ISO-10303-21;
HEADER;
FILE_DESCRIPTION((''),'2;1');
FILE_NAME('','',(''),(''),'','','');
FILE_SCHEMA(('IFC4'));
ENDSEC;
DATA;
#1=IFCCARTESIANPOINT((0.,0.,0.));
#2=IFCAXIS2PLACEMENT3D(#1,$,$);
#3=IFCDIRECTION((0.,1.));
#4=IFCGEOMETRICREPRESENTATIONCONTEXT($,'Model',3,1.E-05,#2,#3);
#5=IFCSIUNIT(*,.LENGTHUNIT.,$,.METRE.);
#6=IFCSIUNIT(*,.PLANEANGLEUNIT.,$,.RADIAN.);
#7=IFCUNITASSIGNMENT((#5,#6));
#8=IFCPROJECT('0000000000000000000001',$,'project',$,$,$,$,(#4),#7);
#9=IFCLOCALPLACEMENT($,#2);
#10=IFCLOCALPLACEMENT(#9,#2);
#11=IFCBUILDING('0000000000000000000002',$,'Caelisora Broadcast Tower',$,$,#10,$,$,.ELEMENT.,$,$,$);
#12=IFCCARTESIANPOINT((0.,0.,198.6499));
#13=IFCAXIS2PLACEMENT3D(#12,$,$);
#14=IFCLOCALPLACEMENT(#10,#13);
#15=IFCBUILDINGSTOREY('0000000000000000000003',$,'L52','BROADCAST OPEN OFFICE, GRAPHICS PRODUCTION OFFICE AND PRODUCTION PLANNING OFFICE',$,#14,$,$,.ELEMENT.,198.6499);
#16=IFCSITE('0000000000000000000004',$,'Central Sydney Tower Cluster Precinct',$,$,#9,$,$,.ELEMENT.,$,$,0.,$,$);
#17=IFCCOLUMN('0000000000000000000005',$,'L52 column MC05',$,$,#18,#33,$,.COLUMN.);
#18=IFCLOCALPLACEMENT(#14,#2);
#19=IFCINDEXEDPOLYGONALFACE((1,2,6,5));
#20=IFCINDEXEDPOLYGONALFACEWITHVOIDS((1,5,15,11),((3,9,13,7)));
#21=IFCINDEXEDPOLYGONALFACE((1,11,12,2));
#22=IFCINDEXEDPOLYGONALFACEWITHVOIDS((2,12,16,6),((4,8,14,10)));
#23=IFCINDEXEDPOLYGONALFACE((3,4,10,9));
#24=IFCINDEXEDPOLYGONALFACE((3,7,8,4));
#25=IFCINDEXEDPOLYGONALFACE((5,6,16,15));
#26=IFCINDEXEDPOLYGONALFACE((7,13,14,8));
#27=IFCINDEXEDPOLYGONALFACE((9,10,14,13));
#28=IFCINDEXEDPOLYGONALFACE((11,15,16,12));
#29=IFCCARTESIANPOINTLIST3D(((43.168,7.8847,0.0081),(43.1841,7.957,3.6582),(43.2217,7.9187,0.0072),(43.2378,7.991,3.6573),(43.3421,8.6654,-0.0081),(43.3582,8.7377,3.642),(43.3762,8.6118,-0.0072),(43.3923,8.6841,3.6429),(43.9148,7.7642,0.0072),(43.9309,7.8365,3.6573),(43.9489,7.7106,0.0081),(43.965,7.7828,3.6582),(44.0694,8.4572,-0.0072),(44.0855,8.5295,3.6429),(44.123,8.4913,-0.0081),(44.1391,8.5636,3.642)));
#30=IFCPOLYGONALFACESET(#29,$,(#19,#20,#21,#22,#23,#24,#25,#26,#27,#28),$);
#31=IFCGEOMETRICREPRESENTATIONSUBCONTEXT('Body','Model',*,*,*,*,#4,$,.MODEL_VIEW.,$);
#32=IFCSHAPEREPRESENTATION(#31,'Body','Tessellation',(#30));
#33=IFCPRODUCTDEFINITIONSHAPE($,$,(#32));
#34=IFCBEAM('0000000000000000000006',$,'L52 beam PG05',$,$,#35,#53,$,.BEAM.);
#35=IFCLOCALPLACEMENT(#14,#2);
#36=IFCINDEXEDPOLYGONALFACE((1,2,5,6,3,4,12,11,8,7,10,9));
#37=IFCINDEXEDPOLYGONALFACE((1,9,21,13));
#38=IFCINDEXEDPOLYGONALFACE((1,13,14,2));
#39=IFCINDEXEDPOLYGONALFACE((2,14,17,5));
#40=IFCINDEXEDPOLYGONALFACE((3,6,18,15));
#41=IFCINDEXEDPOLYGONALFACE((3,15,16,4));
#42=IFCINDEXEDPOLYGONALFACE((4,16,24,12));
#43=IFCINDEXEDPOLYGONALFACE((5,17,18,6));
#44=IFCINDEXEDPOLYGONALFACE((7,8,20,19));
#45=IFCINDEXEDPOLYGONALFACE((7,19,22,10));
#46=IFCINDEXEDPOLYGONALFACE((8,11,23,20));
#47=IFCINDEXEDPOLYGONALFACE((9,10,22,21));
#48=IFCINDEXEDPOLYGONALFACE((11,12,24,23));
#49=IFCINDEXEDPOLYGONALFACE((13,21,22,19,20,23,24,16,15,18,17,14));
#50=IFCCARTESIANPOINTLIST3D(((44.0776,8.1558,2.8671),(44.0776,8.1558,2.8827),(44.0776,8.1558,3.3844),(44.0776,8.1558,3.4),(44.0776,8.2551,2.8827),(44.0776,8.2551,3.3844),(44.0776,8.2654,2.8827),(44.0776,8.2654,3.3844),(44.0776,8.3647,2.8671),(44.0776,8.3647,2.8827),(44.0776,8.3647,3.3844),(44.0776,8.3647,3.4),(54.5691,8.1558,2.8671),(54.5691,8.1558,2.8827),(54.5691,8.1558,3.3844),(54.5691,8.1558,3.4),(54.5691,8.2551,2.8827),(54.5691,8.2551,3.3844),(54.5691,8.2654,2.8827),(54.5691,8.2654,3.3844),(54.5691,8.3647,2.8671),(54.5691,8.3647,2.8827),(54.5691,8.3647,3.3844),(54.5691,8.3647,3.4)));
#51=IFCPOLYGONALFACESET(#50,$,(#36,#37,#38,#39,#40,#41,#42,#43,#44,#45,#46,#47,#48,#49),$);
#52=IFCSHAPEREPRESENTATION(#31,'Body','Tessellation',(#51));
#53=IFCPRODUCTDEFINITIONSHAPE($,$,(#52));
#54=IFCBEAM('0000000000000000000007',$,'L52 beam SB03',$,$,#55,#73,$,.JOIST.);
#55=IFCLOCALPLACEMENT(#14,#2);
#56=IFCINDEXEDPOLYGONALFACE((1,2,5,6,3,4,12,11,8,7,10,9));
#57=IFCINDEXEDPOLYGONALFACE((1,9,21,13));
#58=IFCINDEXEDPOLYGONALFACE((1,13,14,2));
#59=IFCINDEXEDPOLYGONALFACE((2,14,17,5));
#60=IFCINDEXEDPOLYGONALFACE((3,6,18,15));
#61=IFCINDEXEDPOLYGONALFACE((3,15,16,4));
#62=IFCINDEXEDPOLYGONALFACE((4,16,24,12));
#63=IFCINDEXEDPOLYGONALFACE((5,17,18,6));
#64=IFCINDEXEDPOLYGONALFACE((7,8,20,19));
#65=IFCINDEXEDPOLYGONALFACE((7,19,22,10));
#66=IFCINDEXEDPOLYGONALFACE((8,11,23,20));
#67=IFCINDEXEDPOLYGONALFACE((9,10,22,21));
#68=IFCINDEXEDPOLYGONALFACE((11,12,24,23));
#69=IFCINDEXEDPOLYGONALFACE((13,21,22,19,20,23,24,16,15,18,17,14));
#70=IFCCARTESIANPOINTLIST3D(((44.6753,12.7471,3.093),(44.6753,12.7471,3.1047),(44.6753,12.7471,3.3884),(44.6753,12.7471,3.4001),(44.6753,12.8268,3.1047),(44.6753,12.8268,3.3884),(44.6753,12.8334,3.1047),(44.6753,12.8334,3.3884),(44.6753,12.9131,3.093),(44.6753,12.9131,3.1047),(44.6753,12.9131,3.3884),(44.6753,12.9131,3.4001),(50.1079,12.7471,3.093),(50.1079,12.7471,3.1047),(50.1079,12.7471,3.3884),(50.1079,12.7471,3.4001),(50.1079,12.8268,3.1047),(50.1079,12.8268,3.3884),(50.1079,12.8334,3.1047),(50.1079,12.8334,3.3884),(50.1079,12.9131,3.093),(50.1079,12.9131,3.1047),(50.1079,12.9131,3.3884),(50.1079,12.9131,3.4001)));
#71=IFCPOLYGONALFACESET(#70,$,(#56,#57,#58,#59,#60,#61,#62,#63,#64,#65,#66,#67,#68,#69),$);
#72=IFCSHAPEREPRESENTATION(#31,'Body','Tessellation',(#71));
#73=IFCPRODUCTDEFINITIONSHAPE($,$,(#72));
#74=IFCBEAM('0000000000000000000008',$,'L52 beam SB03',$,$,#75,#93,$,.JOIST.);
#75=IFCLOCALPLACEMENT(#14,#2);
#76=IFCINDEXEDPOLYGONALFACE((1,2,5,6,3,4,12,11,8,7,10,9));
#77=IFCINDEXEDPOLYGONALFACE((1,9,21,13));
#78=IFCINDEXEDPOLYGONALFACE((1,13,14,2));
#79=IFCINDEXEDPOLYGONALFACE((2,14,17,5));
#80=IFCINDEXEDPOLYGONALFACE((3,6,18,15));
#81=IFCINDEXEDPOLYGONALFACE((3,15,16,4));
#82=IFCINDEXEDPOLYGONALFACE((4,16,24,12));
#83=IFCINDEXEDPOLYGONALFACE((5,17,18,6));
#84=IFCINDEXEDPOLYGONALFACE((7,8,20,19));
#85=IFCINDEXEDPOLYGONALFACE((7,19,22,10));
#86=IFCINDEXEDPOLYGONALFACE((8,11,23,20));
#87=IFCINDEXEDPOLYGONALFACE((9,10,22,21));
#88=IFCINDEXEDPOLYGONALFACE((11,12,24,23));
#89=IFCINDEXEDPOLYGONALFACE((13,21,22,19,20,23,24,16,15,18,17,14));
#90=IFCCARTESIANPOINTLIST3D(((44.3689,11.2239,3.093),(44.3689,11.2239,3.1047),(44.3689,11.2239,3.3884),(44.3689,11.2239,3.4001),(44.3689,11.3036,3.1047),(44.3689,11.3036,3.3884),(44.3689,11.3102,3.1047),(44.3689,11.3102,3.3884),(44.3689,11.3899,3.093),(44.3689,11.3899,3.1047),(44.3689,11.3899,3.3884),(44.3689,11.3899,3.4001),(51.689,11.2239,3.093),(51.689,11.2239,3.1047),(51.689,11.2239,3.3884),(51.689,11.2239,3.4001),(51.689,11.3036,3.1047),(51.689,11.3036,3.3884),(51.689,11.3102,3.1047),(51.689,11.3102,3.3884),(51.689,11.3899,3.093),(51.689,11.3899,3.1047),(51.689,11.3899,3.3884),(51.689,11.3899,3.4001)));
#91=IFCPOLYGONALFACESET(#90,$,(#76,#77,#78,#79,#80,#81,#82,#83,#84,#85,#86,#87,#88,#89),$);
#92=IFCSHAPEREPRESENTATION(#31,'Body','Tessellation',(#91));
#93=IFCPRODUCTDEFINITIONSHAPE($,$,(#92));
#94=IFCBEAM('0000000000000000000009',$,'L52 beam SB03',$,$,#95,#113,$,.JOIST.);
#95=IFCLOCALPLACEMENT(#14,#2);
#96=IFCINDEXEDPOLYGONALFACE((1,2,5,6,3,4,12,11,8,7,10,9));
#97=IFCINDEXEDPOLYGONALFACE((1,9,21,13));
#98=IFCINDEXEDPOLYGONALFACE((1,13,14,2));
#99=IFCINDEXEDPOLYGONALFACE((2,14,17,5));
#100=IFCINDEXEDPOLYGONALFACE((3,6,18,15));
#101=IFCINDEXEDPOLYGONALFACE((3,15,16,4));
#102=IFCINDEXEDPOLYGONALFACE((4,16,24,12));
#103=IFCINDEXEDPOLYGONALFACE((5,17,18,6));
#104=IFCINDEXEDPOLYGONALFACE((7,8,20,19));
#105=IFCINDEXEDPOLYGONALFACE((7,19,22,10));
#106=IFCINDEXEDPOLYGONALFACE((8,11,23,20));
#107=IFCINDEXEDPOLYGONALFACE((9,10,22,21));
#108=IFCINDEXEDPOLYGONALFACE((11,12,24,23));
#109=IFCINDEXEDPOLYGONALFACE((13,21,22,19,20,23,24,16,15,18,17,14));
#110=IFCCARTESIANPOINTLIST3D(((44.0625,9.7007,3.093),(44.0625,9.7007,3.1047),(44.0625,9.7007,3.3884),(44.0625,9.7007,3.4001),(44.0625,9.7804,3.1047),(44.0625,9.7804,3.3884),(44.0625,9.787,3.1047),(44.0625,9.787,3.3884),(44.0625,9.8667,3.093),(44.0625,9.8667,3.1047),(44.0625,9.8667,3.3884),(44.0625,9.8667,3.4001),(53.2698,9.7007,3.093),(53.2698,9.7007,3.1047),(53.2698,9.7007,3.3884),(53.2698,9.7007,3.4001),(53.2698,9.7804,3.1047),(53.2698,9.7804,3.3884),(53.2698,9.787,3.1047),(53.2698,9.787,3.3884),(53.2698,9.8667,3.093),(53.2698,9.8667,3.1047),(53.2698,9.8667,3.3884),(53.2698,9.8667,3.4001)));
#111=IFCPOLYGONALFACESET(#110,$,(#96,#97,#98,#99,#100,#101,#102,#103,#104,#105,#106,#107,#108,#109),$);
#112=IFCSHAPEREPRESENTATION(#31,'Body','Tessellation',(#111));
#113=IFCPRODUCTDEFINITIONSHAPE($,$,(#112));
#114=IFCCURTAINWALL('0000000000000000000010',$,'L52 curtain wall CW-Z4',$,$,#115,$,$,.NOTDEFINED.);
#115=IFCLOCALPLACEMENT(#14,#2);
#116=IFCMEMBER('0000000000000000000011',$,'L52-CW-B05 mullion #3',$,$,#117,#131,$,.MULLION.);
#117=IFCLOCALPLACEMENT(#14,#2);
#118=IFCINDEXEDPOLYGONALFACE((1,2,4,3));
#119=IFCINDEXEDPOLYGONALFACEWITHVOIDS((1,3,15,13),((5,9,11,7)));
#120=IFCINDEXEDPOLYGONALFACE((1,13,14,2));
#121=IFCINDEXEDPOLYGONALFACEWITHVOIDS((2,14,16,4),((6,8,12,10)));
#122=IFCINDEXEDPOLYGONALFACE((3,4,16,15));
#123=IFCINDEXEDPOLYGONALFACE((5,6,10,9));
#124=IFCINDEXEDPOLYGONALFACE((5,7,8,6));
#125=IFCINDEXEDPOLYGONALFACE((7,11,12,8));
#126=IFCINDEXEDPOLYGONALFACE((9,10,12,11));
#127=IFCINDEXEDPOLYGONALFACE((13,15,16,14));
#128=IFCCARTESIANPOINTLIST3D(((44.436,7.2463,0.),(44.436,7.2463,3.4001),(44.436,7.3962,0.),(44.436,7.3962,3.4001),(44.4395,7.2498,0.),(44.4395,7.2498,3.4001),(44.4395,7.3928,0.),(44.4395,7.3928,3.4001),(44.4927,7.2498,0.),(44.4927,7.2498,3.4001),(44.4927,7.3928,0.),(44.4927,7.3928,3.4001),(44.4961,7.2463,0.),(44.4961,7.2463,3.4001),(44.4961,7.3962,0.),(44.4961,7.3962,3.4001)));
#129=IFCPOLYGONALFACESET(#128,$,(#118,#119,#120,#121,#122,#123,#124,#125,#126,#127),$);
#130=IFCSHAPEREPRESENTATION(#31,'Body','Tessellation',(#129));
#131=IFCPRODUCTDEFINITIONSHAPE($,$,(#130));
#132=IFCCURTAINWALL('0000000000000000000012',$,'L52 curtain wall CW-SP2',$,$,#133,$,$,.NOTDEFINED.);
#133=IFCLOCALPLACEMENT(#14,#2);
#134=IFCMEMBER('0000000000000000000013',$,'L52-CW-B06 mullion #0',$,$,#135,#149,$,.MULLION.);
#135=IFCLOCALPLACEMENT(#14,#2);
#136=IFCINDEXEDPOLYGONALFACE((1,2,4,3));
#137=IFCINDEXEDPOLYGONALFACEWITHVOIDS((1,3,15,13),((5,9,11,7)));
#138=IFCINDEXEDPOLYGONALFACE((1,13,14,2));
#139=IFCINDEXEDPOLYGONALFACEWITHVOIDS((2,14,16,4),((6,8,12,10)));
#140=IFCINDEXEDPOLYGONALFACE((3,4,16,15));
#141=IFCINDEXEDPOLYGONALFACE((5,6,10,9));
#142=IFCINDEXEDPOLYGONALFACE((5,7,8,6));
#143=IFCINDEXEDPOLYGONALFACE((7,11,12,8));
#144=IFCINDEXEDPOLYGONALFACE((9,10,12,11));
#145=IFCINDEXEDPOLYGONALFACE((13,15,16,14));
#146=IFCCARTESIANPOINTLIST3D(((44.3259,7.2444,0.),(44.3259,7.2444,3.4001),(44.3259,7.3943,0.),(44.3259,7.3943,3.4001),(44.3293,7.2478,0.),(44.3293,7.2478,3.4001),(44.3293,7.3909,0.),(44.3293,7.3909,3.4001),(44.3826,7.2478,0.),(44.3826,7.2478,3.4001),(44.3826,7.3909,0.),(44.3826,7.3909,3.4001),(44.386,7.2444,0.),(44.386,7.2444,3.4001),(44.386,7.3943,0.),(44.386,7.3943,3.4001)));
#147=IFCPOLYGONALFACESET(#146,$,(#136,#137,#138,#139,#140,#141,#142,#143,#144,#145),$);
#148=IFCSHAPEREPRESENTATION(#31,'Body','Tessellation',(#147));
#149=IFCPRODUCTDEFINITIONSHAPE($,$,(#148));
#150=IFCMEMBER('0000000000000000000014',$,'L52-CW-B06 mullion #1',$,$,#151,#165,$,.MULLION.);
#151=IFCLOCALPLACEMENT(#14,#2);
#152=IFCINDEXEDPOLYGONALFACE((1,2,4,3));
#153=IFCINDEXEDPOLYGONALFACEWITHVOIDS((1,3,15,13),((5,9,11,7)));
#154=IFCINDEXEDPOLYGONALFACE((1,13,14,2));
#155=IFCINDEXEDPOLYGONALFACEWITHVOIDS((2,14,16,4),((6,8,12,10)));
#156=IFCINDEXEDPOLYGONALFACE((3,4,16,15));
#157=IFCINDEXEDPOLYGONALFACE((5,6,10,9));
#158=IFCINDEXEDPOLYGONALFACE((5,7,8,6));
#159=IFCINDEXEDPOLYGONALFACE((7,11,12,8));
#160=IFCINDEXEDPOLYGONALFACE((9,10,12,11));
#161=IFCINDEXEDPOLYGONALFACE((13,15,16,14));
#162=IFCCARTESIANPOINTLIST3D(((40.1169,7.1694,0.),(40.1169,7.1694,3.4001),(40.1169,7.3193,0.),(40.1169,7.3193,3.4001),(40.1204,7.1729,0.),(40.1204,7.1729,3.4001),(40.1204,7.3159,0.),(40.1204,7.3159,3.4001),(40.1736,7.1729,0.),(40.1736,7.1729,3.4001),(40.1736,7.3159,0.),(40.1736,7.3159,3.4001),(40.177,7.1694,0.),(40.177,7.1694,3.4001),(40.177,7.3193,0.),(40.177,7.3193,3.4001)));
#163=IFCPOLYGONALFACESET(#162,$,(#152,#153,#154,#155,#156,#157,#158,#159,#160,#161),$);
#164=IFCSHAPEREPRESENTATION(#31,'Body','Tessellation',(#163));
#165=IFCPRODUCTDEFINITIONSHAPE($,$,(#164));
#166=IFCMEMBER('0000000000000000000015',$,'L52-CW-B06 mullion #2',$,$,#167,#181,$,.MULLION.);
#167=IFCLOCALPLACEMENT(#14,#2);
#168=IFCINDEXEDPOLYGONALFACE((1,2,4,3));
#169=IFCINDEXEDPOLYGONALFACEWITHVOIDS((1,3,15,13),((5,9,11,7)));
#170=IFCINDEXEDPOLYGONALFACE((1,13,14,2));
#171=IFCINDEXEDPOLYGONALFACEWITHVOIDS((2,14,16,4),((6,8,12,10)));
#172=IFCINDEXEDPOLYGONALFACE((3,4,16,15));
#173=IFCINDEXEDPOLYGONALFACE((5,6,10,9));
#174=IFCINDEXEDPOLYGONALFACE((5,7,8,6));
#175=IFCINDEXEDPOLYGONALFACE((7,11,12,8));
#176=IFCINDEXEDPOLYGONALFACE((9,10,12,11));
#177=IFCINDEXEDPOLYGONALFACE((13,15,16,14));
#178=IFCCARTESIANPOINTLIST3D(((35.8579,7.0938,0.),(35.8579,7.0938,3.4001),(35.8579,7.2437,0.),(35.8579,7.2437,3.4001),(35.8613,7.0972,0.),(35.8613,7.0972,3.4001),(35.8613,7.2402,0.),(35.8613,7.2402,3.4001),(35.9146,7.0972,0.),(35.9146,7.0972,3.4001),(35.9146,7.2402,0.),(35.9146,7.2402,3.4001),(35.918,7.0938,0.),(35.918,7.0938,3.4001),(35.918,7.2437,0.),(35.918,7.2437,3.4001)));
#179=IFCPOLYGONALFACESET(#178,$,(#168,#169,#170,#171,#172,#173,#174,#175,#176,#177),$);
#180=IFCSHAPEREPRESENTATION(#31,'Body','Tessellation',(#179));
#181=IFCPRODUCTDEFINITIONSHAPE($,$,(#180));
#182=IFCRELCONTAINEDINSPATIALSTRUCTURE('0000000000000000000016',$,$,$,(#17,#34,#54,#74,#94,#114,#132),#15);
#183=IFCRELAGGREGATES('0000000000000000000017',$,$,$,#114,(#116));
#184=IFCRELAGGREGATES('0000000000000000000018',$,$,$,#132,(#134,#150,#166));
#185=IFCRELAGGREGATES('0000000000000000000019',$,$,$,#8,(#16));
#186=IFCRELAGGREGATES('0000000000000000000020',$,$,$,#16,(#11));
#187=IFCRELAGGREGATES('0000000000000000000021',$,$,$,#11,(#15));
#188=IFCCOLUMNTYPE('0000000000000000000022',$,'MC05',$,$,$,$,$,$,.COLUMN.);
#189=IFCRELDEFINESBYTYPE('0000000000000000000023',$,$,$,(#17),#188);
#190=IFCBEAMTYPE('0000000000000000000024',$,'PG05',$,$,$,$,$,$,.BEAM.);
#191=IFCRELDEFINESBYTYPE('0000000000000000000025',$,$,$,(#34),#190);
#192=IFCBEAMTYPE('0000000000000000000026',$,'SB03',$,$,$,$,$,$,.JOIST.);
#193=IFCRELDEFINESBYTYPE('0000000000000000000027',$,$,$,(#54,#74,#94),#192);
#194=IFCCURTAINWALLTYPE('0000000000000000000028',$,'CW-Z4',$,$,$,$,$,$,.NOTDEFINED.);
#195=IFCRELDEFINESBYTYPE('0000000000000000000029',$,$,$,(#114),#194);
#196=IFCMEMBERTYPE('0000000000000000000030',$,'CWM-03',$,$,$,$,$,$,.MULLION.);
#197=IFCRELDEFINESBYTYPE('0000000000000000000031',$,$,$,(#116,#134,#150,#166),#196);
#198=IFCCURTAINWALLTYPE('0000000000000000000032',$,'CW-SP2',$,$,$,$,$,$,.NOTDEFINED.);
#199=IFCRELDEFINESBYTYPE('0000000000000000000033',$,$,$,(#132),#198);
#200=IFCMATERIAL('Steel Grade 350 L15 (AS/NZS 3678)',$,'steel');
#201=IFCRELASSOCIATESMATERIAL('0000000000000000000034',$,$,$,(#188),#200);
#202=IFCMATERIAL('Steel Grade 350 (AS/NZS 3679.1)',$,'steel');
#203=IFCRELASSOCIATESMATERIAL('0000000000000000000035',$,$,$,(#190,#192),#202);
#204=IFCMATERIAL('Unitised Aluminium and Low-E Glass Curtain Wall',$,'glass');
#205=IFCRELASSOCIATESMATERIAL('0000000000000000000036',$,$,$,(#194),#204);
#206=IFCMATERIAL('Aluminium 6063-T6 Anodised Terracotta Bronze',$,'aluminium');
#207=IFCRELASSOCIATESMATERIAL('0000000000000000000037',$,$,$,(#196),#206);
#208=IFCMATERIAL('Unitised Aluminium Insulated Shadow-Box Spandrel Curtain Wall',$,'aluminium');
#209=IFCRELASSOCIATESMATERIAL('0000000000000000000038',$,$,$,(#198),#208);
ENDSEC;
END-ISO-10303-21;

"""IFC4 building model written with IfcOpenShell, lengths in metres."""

from ifc_helpers import new_model, si_unit, direction, frame, origin, origin_2d, place, context, subcontext, project, spatial, hollow_rectangle, i_section, extrude, source, transform, mapped, material, material_profile, profile_set, type_object, type_shapes, element, aggregate, save


model = new_model("IFC4")

# Units and contexts
model_context = context("Model", 3, precision=1e-05, world=origin(), true_north=direction((0.0, 1.0)))
body_context = subcontext(model_context, "Body", "Model", "MODEL_VIEW")
ifc_project = project(units=[si_unit("LENGTHUNIT", "METRE"), si_unit("PLANEANGLEUNIT", "RADIAN")], contexts=[model_context])

# Site, building, storey
site_placement = place(None, origin())
site = spatial("IfcSite", under=ifc_project, at=site_placement, Name="Central Sydney Tower Cluster Precinct", CompositionType="ELEMENT", RefElevation=0.0)
building_placement = place(site_placement, origin())
building = spatial("IfcBuilding", under=site, at=building_placement, Name="Caelisora Broadcast Tower", CompositionType="ELEMENT")
storey_placement = place(building_placement, frame((0.0, 0.0, 198.6499)))
storey = spatial("IfcBuildingStorey", under=building, at=storey_placement, Name="L52", Description="BROADCAST OPEN OFFICE, GRAPHICS PRODUCTION OFFICE AND PRODUCTION PLANNING OFFICE", CompositionType="ELEMENT", Elevation=198.6499)

# Column
ifc_material_1 = material(Name="Steel Grade 350 L15 (AS/NZS 3678)", Category="steel")
ifc_material_profile_1 = material_profile(ifc_material_1, hollow_rectangle(XDim=0.8, YDim=0.8, WallThickness=0.0449, at=origin_2d()), Name="Steel Grade 350 L15 (AS/NZS 3678)")
ifc_profile_set_1 = profile_set([ifc_material_profile_1], Name="Steel Grade 350 L15 (AS/NZS 3678)")
column_type = type_object("IfcColumnType", Name="MC05", PredefinedType="COLUMN", material=ifc_profile_set_1)
shared_shape_1 = source(origin(), body_context, "Body", "SweptSolid", [
    extrude(hollow_rectangle(XDim=0.8, YDim=0.8, WallThickness=0.0449, at=origin_2d()), origin(), (0.0, 0.0, 1.0), 3.6509),
])
type_shapes(column_type, [shared_shape_1])
column_placement = place(storey_placement, frame((43.6455, 8.188, 0.0), z_axis=(0.004414, 0.019794, 0.999794), x_axis=(-0.976032, 0.217629, 0.0)))
element("IfcColumn", 1, at=column_placement, inside=storey, type_object=column_type, Name="L52 column MC05", PredefinedType="COLUMN", context=body_context, shape_type="MappedRepresentation", body=[
    mapped(shared_shape_1, transform((0.0, 0.0, 0.0), scale=1.0)),
])

# Beams
ifc_material_2 = material(Name="Steel Grade 350 (AS/NZS 3679.1)", Category="steel")
ifc_material_profile_2 = material_profile(ifc_material_2, i_section(OverallWidth=0.209, OverallDepth=0.533, WebThickness=0.0103, FlangeThickness=0.0156, at=origin_2d()), Name="Steel Grade 350 (AS/NZS 3679.1)")
ifc_profile_set_2 = profile_set([ifc_material_profile_2], Name="Steel Grade 350 (AS/NZS 3679.1)")
beam_type_1 = type_object("IfcBeamType", Name="PG05", PredefinedType="BEAM", material=ifc_profile_set_2)
shared_shape_2 = source(origin(), body_context, "Body", "SweptSolid", [
    extrude(i_section(OverallWidth=0.209, OverallDepth=0.533, WebThickness=0.0103, FlangeThickness=0.0156, at=origin_2d()), origin(), (0.0, 0.0, 1.0), 10.4915),
])
type_shapes(beam_type_1, [shared_shape_2])
beam_1_placement = place(storey_placement, frame((44.0776, 8.2603, 3.1335), z_axis=(1.0, 0.0, 0.0), x_axis=(0.0, 1.0, 0.0)))
element("IfcBeam", 2, at=beam_1_placement, inside=storey, type_object=beam_type_1, Name="L52 beam PG05", PredefinedType="BEAM", context=body_context, shape_type="MappedRepresentation", body=[
    mapped(shared_shape_2, transform((0.0, 0.0, 0.0), scale=1.0)),
])
ifc_material_profile_3 = material_profile(ifc_material_2, i_section(OverallWidth=0.166, OverallDepth=0.3071, WebThickness=0.0066, FlangeThickness=0.0117, at=origin_2d()), Name="Steel Grade 350 (AS/NZS 3679.1)")
ifc_profile_set_3 = profile_set([ifc_material_profile_3], Name="Steel Grade 350 (AS/NZS 3679.1)")
beam_type_2 = type_object("IfcBeamType", Name="SB03", PredefinedType="JOIST", material=ifc_profile_set_3)
shared_shape_3 = source(origin(), body_context, "Body", "SweptSolid", [
    extrude(i_section(OverallWidth=0.166, OverallDepth=0.3071, WebThickness=0.0066, FlangeThickness=0.0117, at=origin_2d()), origin(), (0.0, 0.0, 1.0), 5.4326),
])
beam_2_placement = place(storey_placement, frame((44.6753, 12.8301, 3.2466), z_axis=(1.0, 0.0, 0.0), x_axis=(0.0, 1.0, 0.0)))
element("IfcBeam", 3, at=beam_2_placement, inside=storey, type_object=beam_type_2, Name="L52 beam SB03", PredefinedType="JOIST", context=body_context, shape_type="MappedRepresentation", body=[
    mapped(shared_shape_3, transform((0.0, 0.0, 0.0), scale=1.0)),
])
shared_shape_4 = source(origin(), body_context, "Body", "SweptSolid", [
    extrude(i_section(OverallWidth=0.166, OverallDepth=0.3071, WebThickness=0.0066, FlangeThickness=0.0117, at=origin_2d()), origin(), (0.0, 0.0, 1.0), 7.3201),
])
beam_3_placement = place(storey_placement, frame((44.3689, 11.3069, 3.2466), z_axis=(1.0, 0.0, 0.0), x_axis=(0.0, 1.0, 0.0)))
element("IfcBeam", 4, at=beam_3_placement, inside=storey, type_object=beam_type_2, Name="L52 beam SB03", PredefinedType="JOIST", context=body_context, shape_type="MappedRepresentation", body=[
    mapped(shared_shape_4, transform((0.0, 0.0, 0.0), scale=1.0)),
])
shared_shape_5 = source(origin(), body_context, "Body", "SweptSolid", [
    extrude(i_section(OverallWidth=0.166, OverallDepth=0.3071, WebThickness=0.0066, FlangeThickness=0.0117, at=origin_2d()), origin(), (0.0, 0.0, 1.0), 9.2073),
])
type_shapes(beam_type_2, [shared_shape_3, shared_shape_4, shared_shape_5])
beam_4_placement = place(storey_placement, frame((44.0625, 9.7837, 3.2466), z_axis=(1.0, 0.0, 0.0), x_axis=(0.0, 1.0, 0.0)))
element("IfcBeam", 5, at=beam_4_placement, inside=storey, type_object=beam_type_2, Name="L52 beam SB03", PredefinedType="JOIST", context=body_context, shape_type="MappedRepresentation", body=[
    mapped(shared_shape_5, transform((0.0, 0.0, 0.0), scale=1.0)),
])

# Curtain wall, member
ifc_material_3 = material(Name="Unitised Aluminium and Low-E Glass Curtain Wall", Category="glass")
curtain_wall_type_1 = type_object("IfcCurtainWallType", Name="CW-Z4", PredefinedType="NOTDEFINED", material=ifc_material_3)
curtain_wall_1_placement = place(storey_placement, origin())
curtain_wall_1 = element("IfcCurtainWall", 6, at=curtain_wall_1_placement, inside=storey, type_object=curtain_wall_type_1, Name="L52 curtain wall CW-Z4", PredefinedType="NOTDEFINED")
ifc_material_4 = material(Name="Aluminium 6063-T6 Anodised Terracotta Bronze", Category="aluminium")
ifc_material_profile_4 = material_profile(ifc_material_4, hollow_rectangle(XDim=0.0601, YDim=0.1499, WallThickness=0.0034, at=origin_2d()), Name="Aluminium 6063-T6 Anodised Terracotta Bronze")
ifc_profile_set_4 = profile_set([ifc_material_profile_4], Name="Aluminium 6063-T6 Anodised Terracotta Bronze")
member_type_1 = type_object("IfcMemberType", Name="CWM-03", PredefinedType="MULLION", material=ifc_profile_set_4)
shared_shape_6 = source(origin(), body_context, "Body", "SweptSolid", [
    extrude(hollow_rectangle(XDim=0.0601, YDim=0.1499, WallThickness=0.0034, at=origin_2d()), origin(), (0.0, 0.0, 1.0), 3.4001),
])
type_shapes(member_type_1, [shared_shape_6])
member_1_placement = place(storey_placement, frame((44.4661, 7.3213, 0.0), z_axis=(0.0, 0.0, 1.0), x_axis=(1.0, 0.0, 0.0)))
member_1 = element("IfcMember", 7, at=member_1_placement, type_object=member_type_1, Name="L52-CW-B05 mullion #3", PredefinedType="MULLION", context=body_context, shape_type="MappedRepresentation", body=[
    mapped(shared_shape_6, transform((0.0, 0.0, 0.0), scale=1.0)),
])
aggregate(curtain_wall_1, [member_1])

# Curtain wall, members
ifc_material_5 = material(Name="Unitised Aluminium Insulated Shadow-Box Spandrel Curtain Wall", Category="aluminium")
curtain_wall_type_2 = type_object("IfcCurtainWallType", Name="CW-SP2", PredefinedType="NOTDEFINED", material=ifc_material_5)
curtain_wall_2_placement = place(storey_placement, origin())
curtain_wall_2 = element("IfcCurtainWall", 8, at=curtain_wall_2_placement, inside=storey, type_object=curtain_wall_type_2, Name="L52 curtain wall CW-SP2", PredefinedType="NOTDEFINED")
member_2_placement = place(storey_placement, frame((44.356, 7.3193, 0.0), z_axis=(0.0, 0.0, 1.0), x_axis=(1.0, 0.0, 0.0)))
member_2 = element("IfcMember", 9, at=member_2_placement, type_object=member_type_1, Name="L52-CW-B06 mullion #0", PredefinedType="MULLION", context=body_context, shape_type="MappedRepresentation", body=[
    mapped(shared_shape_6, transform((0.0, 0.0, 0.0), scale=1.0)),
])
member_3_placement = place(storey_placement, frame((40.147, 7.2444, 0.0), z_axis=(0.0, 0.0, 1.0), x_axis=(1.0, 0.0, 0.0)))
member_3 = element("IfcMember", 10, at=member_3_placement, type_object=member_type_1, Name="L52-CW-B06 mullion #1", PredefinedType="MULLION", context=body_context, shape_type="MappedRepresentation", body=[
    mapped(shared_shape_6, transform((0.0, 0.0, 0.0), scale=1.0)),
])
member_4_placement = place(storey_placement, frame((35.8879, 7.1687, 0.0), z_axis=(0.0, 0.0, 1.0), x_axis=(1.0, 0.0, 0.0)))
member_4 = element("IfcMember", 11, at=member_4_placement, type_object=member_type_1, Name="L52-CW-B06 mullion #2", PredefinedType="MULLION", context=body_context, shape_type="MappedRepresentation", body=[
    mapped(shared_shape_6, transform((0.0, 0.0, 0.0), scale=1.0)),
])

aggregate(curtain_wall_2, [member_2, member_3, member_4])

save(model, "model.ifc")
